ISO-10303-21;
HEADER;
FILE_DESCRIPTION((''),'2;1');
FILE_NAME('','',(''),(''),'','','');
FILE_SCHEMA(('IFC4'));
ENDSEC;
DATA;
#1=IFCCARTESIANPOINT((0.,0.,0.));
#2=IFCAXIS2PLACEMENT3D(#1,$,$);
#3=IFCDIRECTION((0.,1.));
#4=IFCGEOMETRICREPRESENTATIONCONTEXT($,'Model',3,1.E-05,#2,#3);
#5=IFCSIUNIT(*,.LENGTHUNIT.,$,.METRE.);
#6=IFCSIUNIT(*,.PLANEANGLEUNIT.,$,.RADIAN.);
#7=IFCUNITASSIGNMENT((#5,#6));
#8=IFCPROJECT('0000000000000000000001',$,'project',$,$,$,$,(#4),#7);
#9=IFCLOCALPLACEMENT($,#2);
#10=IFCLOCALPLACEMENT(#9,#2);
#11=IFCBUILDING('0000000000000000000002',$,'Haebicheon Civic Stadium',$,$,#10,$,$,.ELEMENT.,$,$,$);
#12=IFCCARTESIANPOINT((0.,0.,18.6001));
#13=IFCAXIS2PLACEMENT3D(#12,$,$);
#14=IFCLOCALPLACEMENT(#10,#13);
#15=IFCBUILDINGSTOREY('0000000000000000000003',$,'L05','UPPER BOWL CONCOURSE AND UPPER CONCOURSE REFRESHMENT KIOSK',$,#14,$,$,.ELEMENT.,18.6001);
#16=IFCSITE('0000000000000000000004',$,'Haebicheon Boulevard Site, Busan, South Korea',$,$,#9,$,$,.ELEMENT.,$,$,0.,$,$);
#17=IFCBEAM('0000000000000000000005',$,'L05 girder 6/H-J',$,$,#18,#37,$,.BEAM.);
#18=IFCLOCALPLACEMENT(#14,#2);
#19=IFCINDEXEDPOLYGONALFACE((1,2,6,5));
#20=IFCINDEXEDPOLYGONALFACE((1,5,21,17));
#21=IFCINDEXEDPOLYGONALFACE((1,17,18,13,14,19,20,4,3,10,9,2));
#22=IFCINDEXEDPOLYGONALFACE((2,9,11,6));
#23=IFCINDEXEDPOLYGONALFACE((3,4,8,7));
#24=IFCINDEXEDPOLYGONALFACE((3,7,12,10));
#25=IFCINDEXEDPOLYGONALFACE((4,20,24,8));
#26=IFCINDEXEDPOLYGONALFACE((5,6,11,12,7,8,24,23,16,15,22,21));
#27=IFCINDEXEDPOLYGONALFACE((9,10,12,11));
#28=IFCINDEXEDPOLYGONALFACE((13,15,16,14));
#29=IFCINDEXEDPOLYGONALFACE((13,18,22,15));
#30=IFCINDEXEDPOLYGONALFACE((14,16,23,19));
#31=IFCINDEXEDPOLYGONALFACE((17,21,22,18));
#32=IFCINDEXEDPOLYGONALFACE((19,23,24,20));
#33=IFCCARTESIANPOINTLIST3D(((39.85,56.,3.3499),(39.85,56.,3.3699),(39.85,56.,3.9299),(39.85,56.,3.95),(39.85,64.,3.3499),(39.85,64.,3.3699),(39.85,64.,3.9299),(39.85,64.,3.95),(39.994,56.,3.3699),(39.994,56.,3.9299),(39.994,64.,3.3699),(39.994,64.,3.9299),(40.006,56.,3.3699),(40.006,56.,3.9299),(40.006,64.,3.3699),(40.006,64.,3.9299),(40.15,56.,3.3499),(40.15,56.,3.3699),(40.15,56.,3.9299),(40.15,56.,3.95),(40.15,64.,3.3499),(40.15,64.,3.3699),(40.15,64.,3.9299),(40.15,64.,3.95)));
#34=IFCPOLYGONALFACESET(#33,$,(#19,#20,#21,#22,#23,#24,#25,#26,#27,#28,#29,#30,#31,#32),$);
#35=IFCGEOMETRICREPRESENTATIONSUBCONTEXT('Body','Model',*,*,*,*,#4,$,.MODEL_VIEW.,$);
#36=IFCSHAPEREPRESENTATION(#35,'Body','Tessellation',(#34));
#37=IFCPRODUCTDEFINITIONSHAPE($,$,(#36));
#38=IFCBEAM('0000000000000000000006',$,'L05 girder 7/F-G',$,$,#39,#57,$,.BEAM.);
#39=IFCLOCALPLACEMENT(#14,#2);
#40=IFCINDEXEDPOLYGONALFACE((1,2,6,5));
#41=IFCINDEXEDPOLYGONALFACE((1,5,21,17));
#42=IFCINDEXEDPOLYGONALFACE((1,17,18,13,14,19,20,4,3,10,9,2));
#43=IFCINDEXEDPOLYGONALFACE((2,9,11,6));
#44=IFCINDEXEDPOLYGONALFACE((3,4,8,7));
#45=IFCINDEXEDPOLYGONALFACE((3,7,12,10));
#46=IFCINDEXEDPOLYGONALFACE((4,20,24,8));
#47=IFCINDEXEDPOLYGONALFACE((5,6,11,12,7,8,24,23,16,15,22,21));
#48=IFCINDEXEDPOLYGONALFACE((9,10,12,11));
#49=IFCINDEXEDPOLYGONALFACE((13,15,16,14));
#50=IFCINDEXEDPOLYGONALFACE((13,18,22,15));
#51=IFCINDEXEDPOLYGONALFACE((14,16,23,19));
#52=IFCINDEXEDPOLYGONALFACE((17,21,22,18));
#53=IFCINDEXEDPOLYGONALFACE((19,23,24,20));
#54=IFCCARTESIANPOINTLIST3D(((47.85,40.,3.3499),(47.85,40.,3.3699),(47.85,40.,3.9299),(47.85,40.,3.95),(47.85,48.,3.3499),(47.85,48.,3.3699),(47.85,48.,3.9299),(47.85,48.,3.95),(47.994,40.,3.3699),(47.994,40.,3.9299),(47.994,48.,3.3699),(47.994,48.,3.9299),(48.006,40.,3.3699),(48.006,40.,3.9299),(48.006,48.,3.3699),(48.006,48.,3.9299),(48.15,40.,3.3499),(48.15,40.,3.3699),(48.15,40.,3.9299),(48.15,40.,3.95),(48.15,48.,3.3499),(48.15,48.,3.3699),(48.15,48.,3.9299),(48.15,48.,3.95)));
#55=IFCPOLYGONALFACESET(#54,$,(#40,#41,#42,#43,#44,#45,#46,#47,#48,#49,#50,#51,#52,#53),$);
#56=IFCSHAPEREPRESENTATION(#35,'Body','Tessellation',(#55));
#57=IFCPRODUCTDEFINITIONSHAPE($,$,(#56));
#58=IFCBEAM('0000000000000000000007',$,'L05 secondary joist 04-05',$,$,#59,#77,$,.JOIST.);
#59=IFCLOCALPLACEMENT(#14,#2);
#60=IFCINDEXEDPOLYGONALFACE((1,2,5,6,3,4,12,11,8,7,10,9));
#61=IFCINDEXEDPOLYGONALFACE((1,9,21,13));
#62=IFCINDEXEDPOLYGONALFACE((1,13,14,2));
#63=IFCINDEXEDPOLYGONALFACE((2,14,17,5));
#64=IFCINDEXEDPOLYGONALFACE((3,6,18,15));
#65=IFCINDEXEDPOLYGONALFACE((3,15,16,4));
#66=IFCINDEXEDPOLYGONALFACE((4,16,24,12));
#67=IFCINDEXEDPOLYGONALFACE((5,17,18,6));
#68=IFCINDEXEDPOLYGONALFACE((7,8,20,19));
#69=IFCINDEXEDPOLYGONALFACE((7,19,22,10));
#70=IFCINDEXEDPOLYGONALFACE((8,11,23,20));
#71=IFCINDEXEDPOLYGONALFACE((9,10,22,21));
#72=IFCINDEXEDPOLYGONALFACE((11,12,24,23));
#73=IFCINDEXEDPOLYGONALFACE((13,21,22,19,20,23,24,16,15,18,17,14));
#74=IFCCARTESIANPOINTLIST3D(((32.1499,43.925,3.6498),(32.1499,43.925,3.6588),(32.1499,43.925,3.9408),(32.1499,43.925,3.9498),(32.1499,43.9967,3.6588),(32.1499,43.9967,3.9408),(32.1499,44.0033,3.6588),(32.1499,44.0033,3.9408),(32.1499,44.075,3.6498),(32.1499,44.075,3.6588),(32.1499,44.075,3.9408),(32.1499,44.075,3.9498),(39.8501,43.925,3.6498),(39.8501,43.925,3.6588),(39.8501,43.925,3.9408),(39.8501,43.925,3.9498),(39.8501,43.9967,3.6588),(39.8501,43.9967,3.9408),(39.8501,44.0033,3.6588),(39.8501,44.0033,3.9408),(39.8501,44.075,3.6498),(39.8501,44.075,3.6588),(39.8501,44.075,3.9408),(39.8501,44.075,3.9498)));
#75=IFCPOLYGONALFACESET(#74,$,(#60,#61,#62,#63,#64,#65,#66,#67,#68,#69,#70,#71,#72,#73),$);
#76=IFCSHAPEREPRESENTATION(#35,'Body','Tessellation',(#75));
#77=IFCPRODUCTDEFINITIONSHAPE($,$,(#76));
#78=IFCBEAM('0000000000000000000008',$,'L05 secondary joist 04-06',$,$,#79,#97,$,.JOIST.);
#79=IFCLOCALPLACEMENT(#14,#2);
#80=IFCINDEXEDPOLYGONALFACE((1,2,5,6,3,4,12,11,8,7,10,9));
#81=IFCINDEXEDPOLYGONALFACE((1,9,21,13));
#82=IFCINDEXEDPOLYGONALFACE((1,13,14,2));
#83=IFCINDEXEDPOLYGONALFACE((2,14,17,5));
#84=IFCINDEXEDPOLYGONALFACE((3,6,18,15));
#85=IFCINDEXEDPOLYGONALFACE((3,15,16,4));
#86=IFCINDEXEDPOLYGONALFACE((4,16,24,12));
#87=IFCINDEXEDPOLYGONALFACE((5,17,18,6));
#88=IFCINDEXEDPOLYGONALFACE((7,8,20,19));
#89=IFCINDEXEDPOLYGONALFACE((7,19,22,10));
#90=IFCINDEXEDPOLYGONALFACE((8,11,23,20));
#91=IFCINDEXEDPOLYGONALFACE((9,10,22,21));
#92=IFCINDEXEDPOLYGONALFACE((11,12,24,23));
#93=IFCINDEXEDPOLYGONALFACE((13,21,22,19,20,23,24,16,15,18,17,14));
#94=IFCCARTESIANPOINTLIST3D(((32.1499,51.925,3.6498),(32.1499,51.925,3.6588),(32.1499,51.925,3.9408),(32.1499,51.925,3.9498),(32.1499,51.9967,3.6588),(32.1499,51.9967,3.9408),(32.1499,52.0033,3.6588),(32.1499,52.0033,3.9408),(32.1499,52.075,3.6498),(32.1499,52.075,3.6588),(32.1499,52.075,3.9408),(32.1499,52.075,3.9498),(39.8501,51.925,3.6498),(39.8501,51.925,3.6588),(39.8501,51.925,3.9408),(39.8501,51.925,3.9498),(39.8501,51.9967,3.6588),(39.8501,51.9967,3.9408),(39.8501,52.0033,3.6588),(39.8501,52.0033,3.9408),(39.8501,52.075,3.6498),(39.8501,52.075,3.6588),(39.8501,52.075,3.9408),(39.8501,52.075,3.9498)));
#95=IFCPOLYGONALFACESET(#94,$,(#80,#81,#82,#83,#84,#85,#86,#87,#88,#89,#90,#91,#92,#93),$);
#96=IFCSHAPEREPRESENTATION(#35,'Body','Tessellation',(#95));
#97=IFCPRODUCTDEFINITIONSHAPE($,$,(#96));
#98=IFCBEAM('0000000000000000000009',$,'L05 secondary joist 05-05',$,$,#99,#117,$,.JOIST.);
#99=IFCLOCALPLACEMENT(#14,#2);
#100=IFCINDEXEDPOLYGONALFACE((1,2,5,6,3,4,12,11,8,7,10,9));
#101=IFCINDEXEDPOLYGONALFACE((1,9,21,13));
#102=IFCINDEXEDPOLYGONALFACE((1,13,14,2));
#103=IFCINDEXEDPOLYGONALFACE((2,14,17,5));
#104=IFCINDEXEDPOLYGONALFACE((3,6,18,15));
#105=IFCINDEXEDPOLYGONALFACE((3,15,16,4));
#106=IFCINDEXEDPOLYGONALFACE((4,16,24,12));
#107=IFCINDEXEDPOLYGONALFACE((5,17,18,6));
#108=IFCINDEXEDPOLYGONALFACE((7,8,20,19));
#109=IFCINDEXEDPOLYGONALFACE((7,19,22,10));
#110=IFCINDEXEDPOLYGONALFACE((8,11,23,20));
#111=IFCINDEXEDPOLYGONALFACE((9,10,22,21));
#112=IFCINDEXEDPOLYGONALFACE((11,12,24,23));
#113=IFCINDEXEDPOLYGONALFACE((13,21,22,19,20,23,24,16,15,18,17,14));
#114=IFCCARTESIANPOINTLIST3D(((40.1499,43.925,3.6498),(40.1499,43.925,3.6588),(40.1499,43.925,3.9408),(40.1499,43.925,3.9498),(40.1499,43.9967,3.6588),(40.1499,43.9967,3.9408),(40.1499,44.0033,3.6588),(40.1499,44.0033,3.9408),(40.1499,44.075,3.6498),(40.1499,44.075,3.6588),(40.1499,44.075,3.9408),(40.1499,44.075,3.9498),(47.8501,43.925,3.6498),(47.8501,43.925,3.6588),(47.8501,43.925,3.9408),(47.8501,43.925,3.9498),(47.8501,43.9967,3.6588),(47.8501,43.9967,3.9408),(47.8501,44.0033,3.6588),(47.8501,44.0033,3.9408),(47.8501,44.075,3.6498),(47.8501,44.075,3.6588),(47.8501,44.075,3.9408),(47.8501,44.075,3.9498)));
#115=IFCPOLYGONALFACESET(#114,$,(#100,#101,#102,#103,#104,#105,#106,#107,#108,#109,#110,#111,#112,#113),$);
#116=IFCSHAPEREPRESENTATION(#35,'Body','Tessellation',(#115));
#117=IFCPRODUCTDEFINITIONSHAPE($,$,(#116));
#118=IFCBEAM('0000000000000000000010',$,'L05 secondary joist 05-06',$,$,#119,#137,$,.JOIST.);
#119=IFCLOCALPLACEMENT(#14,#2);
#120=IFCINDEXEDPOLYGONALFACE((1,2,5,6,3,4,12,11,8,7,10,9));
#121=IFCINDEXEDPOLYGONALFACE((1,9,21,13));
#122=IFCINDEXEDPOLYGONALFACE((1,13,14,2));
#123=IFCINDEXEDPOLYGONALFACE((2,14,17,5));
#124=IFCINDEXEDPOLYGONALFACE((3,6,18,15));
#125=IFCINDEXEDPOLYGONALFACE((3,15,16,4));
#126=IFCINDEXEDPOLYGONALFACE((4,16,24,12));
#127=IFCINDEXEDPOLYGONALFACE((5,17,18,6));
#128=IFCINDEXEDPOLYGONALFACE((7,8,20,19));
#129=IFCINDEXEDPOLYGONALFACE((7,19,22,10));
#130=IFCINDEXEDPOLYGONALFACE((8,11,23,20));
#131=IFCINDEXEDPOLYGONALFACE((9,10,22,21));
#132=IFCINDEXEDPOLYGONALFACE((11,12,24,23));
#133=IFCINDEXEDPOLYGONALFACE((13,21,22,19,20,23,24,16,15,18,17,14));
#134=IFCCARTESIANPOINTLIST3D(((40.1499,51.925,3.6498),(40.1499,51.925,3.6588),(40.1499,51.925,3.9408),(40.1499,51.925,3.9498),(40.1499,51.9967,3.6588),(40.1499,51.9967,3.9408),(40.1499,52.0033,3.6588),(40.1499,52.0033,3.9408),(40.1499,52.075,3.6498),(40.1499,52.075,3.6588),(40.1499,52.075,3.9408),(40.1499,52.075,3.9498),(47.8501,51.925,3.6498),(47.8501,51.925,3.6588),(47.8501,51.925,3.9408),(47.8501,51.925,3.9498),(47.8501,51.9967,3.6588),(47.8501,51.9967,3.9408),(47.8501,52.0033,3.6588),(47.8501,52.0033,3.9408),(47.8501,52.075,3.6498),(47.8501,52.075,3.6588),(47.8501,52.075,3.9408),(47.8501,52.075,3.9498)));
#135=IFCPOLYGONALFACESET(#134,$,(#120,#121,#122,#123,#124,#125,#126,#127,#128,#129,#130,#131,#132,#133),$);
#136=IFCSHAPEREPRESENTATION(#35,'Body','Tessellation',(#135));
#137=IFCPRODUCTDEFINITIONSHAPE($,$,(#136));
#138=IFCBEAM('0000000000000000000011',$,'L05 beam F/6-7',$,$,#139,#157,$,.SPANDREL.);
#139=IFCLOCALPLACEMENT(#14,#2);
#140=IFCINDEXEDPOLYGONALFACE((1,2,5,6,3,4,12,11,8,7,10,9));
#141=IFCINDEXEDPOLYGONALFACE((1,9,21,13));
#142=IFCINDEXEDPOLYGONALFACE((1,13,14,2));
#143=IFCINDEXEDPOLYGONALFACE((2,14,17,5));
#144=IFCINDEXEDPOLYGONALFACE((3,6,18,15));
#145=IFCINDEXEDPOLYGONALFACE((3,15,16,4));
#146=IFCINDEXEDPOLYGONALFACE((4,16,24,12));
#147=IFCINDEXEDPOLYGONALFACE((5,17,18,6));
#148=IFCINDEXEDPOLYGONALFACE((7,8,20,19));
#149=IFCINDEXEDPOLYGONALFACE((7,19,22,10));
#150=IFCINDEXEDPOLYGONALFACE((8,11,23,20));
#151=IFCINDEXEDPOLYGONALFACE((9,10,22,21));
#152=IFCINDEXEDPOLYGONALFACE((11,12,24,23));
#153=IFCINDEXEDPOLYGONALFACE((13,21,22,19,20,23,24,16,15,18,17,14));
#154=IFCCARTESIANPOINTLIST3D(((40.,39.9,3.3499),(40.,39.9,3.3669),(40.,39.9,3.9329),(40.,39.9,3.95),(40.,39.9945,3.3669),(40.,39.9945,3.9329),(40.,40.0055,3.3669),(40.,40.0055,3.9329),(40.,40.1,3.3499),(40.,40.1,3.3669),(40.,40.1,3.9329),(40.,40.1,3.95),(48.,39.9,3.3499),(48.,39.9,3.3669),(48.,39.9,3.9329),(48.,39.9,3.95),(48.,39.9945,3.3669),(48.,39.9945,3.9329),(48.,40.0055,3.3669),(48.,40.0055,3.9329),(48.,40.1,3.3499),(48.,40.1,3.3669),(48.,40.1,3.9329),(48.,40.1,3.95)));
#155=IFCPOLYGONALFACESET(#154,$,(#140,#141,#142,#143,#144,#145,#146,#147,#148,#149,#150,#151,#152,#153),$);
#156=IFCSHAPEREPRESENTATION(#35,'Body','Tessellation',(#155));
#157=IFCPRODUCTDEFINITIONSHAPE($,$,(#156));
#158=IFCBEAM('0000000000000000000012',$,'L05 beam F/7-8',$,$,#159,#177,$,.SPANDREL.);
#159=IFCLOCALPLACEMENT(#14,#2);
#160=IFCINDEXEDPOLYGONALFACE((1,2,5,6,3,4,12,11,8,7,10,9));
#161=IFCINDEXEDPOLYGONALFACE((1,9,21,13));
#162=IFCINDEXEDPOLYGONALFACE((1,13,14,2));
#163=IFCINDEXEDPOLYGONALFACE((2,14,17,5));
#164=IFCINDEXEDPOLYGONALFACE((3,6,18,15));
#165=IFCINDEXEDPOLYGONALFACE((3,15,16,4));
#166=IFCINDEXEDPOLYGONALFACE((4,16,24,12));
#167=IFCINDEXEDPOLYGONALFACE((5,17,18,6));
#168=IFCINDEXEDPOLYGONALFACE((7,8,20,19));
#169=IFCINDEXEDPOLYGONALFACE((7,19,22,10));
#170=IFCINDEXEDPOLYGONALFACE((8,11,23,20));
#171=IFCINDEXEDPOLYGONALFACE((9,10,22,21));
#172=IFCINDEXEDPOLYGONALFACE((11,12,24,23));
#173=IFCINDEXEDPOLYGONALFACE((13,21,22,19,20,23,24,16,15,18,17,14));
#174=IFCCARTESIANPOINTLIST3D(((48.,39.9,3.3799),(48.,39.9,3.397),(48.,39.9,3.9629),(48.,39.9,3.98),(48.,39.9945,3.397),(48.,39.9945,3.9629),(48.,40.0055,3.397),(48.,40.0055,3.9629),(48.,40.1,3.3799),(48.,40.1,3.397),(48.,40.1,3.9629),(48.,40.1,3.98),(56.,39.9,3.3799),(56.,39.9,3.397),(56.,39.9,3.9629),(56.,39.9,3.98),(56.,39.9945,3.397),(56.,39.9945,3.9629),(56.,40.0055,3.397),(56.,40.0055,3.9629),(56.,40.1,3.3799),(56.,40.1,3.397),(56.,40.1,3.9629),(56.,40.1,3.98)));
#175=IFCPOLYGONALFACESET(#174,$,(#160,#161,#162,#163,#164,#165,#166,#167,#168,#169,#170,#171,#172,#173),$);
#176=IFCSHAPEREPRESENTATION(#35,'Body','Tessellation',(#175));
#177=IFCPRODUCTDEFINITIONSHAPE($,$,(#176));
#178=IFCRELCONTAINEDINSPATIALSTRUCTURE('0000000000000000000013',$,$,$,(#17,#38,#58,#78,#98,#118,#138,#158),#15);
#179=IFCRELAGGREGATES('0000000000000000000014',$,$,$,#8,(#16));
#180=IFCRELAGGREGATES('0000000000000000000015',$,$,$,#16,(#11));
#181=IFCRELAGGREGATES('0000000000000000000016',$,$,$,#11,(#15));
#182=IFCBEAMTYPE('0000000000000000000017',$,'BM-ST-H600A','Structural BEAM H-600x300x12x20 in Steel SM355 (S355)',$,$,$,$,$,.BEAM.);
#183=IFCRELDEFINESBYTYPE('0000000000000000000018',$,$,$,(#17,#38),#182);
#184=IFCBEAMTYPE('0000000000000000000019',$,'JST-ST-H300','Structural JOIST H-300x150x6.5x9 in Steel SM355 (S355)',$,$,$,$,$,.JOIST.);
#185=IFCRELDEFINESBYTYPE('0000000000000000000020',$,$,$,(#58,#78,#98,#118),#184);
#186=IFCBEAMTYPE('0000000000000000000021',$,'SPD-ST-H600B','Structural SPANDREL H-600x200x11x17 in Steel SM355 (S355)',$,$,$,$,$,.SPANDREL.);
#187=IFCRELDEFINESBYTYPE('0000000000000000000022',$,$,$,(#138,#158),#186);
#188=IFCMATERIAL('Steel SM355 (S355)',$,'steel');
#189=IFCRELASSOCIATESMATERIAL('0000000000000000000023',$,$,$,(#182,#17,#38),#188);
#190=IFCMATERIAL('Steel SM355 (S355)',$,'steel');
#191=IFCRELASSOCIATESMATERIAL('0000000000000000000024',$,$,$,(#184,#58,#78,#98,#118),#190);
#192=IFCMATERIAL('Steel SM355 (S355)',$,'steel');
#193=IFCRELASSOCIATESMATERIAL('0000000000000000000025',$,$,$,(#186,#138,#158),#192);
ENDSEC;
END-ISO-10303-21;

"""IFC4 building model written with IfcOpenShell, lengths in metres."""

from ifc_helpers import new_model, si_unit, direction, frame, origin, origin_2d, place, context, subcontext, project, spatial, i_section, extrude, material, material_profile, profile_set, type_object, element, save


model = new_model("IFC4")

# Units and contexts
model_context = context("Model", 3, precision=1e-05, world=origin(), true_north=direction((0.0, 1.0)))
body_context = subcontext(model_context, "Body", "Model", "MODEL_VIEW")
ifc_project = project(units=[si_unit("LENGTHUNIT", "METRE"), si_unit("PLANEANGLEUNIT", "RADIAN")], contexts=[model_context])

# Site, building, storey
site_placement = place(None, origin())
site = spatial("IfcSite", under=ifc_project, at=site_placement, Name="Haebicheon Boulevard Site, Busan, South Korea", CompositionType="ELEMENT", RefElevation=0.0)
building_placement = place(site_placement, origin())
building = spatial("IfcBuilding", under=site, at=building_placement, Name="Haebicheon Civic Stadium", CompositionType="ELEMENT")
storey_placement = place(building_placement, frame((0.0, 0.0, 18.6001)))
storey = spatial("IfcBuildingStorey", under=building, at=storey_placement, Name="L05", Description="UPPER BOWL CONCOURSE AND UPPER CONCOURSE REFRESHMENT KIOSK", CompositionType="ELEMENT", Elevation=18.6001)

# Beams
ifc_material_1 = material(Name="Steel SM355 (S355)", Category="steel")
ifc_material_profile_1 = material_profile(ifc_material_1, i_section(OverallWidth=0.3, OverallDepth=0.6001, WebThickness=0.012, FlangeThickness=0.02, at=origin_2d()), Name="H-600x300x12x20")
ifc_profile_set_1 = profile_set([ifc_material_profile_1], Name="Steel SM355 (S355)")
beam_type_1 = type_object("IfcBeamType", Name="BM-ST-H600A", Description="Structural BEAM H-600x300x12x20 in Steel SM355 (S355)", PredefinedType="BEAM", material=ifc_profile_set_1)
for number, where, z_axis, x_axis, name in (
    (1, (40.0, 56.0, 3.6499), (0.0, 1.0, 0.0), (-1.0, 0.0, 0.0), "L05 girder 6/H-J"),
    (2, (48.0, 40.0, 3.6499), (0.0, 1.0, 0.0), (-1.0, 0.0, 0.0), "L05 girder 7/F-G"),
):
    element("IfcBeam", number, at=place(storey_placement, frame(where, z_axis=z_axis, x_axis=x_axis)), inside=storey, type_object=beam_type_1, material=ifc_profile_set_1, Name=name, PredefinedType="BEAM", context=body_context, shape_type="SweptSolid", body=[
        extrude(i_section(OverallWidth=0.3, OverallDepth=0.6001, WebThickness=0.012, FlangeThickness=0.02, at=origin_2d()), origin(), (0.0, 0.0, 1.0), 8.0),
    ])
ifc_material_2 = material(Name="Steel SM355 (S355)", Category="steel")
ifc_material_profile_2 = material_profile(ifc_material_2, i_section(OverallWidth=0.1499, OverallDepth=0.3, WebThickness=0.0066, FlangeThickness=0.009, at=origin_2d()), Name="H-300x150x6.5x9")
ifc_profile_set_2 = profile_set([ifc_material_profile_2], Name="Steel SM355 (S355)")
beam_type_2 = type_object("IfcBeamType", Name="JST-ST-H300", Description="Structural JOIST H-300x150x6.5x9 in Steel SM355 (S355)", PredefinedType="JOIST", material=ifc_profile_set_2)
for number, where, z_axis, x_axis, name in (
    (3, (32.1499, 44.0, 3.7998), (1.0, 0.0, 0.0), (0.0, 1.0, 0.0), "L05 secondary joist 04-05"),
    (4, (32.1499, 52.0, 3.7998), (1.0, 0.0, 0.0), (0.0, 1.0, 0.0), "L05 secondary joist 04-06"),
    (5, (40.1499, 44.0, 3.7998), (1.0, 0.0, 0.0), (0.0, 1.0, 0.0), "L05 secondary joist 05-05"),
    (6, (40.1499, 52.0, 3.7998), (1.0, 0.0, 0.0), (0.0, 1.0, 0.0), "L05 secondary joist 05-06"),
):
    element("IfcBeam", number, at=place(storey_placement, frame(where, z_axis=z_axis, x_axis=x_axis)), inside=storey, type_object=beam_type_2, material=ifc_profile_set_2, Name=name, PredefinedType="JOIST", context=body_context, shape_type="SweptSolid", body=[
        extrude(i_section(OverallWidth=0.1499, OverallDepth=0.3, WebThickness=0.0066, FlangeThickness=0.009, at=origin_2d()), origin(), (0.0, 0.0, 1.0), 7.7002),
    ])
ifc_material_3 = material(Name="Steel SM355 (S355)", Category="steel")
ifc_material_profile_3 = material_profile(ifc_material_3, i_section(OverallWidth=0.2, OverallDepth=0.6001, WebThickness=0.011, FlangeThickness=0.0171, at=origin_2d()), Name="H-600x200x11x17")
ifc_profile_set_3 = profile_set([ifc_material_profile_3], Name="Steel SM355 (S355)")
beam_type_3 = type_object("IfcBeamType", Name="SPD-ST-H600B", Description="Structural SPANDREL H-600x200x11x17 in Steel SM355 (S355)", PredefinedType="SPANDREL", material=ifc_profile_set_3)
for number, where, z_axis, x_axis, name in (
    (7, (40.0, 40.0, 3.6499), (1.0, 0.0, 0.0), (0.0, 1.0, 0.0), "L05 beam F/6-7"),
    (8, (48.0, 40.0, 3.6799), (1.0, 0.0, 0.0), (0.0, 1.0, 0.0), "L05 beam F/7-8"),
):
    element("IfcBeam", number, at=place(storey_placement, frame(where, z_axis=z_axis, x_axis=x_axis)), inside=storey, type_object=beam_type_3, material=ifc_profile_set_3, Name=name, PredefinedType="SPANDREL", context=body_context, shape_type="SweptSolid", body=[
        extrude(i_section(OverallWidth=0.2, OverallDepth=0.6001, WebThickness=0.011, FlangeThickness=0.0171, at=origin_2d()), origin(), (0.0, 0.0, 1.0), 8.0),
    ])

save(model, "model.ifc")
